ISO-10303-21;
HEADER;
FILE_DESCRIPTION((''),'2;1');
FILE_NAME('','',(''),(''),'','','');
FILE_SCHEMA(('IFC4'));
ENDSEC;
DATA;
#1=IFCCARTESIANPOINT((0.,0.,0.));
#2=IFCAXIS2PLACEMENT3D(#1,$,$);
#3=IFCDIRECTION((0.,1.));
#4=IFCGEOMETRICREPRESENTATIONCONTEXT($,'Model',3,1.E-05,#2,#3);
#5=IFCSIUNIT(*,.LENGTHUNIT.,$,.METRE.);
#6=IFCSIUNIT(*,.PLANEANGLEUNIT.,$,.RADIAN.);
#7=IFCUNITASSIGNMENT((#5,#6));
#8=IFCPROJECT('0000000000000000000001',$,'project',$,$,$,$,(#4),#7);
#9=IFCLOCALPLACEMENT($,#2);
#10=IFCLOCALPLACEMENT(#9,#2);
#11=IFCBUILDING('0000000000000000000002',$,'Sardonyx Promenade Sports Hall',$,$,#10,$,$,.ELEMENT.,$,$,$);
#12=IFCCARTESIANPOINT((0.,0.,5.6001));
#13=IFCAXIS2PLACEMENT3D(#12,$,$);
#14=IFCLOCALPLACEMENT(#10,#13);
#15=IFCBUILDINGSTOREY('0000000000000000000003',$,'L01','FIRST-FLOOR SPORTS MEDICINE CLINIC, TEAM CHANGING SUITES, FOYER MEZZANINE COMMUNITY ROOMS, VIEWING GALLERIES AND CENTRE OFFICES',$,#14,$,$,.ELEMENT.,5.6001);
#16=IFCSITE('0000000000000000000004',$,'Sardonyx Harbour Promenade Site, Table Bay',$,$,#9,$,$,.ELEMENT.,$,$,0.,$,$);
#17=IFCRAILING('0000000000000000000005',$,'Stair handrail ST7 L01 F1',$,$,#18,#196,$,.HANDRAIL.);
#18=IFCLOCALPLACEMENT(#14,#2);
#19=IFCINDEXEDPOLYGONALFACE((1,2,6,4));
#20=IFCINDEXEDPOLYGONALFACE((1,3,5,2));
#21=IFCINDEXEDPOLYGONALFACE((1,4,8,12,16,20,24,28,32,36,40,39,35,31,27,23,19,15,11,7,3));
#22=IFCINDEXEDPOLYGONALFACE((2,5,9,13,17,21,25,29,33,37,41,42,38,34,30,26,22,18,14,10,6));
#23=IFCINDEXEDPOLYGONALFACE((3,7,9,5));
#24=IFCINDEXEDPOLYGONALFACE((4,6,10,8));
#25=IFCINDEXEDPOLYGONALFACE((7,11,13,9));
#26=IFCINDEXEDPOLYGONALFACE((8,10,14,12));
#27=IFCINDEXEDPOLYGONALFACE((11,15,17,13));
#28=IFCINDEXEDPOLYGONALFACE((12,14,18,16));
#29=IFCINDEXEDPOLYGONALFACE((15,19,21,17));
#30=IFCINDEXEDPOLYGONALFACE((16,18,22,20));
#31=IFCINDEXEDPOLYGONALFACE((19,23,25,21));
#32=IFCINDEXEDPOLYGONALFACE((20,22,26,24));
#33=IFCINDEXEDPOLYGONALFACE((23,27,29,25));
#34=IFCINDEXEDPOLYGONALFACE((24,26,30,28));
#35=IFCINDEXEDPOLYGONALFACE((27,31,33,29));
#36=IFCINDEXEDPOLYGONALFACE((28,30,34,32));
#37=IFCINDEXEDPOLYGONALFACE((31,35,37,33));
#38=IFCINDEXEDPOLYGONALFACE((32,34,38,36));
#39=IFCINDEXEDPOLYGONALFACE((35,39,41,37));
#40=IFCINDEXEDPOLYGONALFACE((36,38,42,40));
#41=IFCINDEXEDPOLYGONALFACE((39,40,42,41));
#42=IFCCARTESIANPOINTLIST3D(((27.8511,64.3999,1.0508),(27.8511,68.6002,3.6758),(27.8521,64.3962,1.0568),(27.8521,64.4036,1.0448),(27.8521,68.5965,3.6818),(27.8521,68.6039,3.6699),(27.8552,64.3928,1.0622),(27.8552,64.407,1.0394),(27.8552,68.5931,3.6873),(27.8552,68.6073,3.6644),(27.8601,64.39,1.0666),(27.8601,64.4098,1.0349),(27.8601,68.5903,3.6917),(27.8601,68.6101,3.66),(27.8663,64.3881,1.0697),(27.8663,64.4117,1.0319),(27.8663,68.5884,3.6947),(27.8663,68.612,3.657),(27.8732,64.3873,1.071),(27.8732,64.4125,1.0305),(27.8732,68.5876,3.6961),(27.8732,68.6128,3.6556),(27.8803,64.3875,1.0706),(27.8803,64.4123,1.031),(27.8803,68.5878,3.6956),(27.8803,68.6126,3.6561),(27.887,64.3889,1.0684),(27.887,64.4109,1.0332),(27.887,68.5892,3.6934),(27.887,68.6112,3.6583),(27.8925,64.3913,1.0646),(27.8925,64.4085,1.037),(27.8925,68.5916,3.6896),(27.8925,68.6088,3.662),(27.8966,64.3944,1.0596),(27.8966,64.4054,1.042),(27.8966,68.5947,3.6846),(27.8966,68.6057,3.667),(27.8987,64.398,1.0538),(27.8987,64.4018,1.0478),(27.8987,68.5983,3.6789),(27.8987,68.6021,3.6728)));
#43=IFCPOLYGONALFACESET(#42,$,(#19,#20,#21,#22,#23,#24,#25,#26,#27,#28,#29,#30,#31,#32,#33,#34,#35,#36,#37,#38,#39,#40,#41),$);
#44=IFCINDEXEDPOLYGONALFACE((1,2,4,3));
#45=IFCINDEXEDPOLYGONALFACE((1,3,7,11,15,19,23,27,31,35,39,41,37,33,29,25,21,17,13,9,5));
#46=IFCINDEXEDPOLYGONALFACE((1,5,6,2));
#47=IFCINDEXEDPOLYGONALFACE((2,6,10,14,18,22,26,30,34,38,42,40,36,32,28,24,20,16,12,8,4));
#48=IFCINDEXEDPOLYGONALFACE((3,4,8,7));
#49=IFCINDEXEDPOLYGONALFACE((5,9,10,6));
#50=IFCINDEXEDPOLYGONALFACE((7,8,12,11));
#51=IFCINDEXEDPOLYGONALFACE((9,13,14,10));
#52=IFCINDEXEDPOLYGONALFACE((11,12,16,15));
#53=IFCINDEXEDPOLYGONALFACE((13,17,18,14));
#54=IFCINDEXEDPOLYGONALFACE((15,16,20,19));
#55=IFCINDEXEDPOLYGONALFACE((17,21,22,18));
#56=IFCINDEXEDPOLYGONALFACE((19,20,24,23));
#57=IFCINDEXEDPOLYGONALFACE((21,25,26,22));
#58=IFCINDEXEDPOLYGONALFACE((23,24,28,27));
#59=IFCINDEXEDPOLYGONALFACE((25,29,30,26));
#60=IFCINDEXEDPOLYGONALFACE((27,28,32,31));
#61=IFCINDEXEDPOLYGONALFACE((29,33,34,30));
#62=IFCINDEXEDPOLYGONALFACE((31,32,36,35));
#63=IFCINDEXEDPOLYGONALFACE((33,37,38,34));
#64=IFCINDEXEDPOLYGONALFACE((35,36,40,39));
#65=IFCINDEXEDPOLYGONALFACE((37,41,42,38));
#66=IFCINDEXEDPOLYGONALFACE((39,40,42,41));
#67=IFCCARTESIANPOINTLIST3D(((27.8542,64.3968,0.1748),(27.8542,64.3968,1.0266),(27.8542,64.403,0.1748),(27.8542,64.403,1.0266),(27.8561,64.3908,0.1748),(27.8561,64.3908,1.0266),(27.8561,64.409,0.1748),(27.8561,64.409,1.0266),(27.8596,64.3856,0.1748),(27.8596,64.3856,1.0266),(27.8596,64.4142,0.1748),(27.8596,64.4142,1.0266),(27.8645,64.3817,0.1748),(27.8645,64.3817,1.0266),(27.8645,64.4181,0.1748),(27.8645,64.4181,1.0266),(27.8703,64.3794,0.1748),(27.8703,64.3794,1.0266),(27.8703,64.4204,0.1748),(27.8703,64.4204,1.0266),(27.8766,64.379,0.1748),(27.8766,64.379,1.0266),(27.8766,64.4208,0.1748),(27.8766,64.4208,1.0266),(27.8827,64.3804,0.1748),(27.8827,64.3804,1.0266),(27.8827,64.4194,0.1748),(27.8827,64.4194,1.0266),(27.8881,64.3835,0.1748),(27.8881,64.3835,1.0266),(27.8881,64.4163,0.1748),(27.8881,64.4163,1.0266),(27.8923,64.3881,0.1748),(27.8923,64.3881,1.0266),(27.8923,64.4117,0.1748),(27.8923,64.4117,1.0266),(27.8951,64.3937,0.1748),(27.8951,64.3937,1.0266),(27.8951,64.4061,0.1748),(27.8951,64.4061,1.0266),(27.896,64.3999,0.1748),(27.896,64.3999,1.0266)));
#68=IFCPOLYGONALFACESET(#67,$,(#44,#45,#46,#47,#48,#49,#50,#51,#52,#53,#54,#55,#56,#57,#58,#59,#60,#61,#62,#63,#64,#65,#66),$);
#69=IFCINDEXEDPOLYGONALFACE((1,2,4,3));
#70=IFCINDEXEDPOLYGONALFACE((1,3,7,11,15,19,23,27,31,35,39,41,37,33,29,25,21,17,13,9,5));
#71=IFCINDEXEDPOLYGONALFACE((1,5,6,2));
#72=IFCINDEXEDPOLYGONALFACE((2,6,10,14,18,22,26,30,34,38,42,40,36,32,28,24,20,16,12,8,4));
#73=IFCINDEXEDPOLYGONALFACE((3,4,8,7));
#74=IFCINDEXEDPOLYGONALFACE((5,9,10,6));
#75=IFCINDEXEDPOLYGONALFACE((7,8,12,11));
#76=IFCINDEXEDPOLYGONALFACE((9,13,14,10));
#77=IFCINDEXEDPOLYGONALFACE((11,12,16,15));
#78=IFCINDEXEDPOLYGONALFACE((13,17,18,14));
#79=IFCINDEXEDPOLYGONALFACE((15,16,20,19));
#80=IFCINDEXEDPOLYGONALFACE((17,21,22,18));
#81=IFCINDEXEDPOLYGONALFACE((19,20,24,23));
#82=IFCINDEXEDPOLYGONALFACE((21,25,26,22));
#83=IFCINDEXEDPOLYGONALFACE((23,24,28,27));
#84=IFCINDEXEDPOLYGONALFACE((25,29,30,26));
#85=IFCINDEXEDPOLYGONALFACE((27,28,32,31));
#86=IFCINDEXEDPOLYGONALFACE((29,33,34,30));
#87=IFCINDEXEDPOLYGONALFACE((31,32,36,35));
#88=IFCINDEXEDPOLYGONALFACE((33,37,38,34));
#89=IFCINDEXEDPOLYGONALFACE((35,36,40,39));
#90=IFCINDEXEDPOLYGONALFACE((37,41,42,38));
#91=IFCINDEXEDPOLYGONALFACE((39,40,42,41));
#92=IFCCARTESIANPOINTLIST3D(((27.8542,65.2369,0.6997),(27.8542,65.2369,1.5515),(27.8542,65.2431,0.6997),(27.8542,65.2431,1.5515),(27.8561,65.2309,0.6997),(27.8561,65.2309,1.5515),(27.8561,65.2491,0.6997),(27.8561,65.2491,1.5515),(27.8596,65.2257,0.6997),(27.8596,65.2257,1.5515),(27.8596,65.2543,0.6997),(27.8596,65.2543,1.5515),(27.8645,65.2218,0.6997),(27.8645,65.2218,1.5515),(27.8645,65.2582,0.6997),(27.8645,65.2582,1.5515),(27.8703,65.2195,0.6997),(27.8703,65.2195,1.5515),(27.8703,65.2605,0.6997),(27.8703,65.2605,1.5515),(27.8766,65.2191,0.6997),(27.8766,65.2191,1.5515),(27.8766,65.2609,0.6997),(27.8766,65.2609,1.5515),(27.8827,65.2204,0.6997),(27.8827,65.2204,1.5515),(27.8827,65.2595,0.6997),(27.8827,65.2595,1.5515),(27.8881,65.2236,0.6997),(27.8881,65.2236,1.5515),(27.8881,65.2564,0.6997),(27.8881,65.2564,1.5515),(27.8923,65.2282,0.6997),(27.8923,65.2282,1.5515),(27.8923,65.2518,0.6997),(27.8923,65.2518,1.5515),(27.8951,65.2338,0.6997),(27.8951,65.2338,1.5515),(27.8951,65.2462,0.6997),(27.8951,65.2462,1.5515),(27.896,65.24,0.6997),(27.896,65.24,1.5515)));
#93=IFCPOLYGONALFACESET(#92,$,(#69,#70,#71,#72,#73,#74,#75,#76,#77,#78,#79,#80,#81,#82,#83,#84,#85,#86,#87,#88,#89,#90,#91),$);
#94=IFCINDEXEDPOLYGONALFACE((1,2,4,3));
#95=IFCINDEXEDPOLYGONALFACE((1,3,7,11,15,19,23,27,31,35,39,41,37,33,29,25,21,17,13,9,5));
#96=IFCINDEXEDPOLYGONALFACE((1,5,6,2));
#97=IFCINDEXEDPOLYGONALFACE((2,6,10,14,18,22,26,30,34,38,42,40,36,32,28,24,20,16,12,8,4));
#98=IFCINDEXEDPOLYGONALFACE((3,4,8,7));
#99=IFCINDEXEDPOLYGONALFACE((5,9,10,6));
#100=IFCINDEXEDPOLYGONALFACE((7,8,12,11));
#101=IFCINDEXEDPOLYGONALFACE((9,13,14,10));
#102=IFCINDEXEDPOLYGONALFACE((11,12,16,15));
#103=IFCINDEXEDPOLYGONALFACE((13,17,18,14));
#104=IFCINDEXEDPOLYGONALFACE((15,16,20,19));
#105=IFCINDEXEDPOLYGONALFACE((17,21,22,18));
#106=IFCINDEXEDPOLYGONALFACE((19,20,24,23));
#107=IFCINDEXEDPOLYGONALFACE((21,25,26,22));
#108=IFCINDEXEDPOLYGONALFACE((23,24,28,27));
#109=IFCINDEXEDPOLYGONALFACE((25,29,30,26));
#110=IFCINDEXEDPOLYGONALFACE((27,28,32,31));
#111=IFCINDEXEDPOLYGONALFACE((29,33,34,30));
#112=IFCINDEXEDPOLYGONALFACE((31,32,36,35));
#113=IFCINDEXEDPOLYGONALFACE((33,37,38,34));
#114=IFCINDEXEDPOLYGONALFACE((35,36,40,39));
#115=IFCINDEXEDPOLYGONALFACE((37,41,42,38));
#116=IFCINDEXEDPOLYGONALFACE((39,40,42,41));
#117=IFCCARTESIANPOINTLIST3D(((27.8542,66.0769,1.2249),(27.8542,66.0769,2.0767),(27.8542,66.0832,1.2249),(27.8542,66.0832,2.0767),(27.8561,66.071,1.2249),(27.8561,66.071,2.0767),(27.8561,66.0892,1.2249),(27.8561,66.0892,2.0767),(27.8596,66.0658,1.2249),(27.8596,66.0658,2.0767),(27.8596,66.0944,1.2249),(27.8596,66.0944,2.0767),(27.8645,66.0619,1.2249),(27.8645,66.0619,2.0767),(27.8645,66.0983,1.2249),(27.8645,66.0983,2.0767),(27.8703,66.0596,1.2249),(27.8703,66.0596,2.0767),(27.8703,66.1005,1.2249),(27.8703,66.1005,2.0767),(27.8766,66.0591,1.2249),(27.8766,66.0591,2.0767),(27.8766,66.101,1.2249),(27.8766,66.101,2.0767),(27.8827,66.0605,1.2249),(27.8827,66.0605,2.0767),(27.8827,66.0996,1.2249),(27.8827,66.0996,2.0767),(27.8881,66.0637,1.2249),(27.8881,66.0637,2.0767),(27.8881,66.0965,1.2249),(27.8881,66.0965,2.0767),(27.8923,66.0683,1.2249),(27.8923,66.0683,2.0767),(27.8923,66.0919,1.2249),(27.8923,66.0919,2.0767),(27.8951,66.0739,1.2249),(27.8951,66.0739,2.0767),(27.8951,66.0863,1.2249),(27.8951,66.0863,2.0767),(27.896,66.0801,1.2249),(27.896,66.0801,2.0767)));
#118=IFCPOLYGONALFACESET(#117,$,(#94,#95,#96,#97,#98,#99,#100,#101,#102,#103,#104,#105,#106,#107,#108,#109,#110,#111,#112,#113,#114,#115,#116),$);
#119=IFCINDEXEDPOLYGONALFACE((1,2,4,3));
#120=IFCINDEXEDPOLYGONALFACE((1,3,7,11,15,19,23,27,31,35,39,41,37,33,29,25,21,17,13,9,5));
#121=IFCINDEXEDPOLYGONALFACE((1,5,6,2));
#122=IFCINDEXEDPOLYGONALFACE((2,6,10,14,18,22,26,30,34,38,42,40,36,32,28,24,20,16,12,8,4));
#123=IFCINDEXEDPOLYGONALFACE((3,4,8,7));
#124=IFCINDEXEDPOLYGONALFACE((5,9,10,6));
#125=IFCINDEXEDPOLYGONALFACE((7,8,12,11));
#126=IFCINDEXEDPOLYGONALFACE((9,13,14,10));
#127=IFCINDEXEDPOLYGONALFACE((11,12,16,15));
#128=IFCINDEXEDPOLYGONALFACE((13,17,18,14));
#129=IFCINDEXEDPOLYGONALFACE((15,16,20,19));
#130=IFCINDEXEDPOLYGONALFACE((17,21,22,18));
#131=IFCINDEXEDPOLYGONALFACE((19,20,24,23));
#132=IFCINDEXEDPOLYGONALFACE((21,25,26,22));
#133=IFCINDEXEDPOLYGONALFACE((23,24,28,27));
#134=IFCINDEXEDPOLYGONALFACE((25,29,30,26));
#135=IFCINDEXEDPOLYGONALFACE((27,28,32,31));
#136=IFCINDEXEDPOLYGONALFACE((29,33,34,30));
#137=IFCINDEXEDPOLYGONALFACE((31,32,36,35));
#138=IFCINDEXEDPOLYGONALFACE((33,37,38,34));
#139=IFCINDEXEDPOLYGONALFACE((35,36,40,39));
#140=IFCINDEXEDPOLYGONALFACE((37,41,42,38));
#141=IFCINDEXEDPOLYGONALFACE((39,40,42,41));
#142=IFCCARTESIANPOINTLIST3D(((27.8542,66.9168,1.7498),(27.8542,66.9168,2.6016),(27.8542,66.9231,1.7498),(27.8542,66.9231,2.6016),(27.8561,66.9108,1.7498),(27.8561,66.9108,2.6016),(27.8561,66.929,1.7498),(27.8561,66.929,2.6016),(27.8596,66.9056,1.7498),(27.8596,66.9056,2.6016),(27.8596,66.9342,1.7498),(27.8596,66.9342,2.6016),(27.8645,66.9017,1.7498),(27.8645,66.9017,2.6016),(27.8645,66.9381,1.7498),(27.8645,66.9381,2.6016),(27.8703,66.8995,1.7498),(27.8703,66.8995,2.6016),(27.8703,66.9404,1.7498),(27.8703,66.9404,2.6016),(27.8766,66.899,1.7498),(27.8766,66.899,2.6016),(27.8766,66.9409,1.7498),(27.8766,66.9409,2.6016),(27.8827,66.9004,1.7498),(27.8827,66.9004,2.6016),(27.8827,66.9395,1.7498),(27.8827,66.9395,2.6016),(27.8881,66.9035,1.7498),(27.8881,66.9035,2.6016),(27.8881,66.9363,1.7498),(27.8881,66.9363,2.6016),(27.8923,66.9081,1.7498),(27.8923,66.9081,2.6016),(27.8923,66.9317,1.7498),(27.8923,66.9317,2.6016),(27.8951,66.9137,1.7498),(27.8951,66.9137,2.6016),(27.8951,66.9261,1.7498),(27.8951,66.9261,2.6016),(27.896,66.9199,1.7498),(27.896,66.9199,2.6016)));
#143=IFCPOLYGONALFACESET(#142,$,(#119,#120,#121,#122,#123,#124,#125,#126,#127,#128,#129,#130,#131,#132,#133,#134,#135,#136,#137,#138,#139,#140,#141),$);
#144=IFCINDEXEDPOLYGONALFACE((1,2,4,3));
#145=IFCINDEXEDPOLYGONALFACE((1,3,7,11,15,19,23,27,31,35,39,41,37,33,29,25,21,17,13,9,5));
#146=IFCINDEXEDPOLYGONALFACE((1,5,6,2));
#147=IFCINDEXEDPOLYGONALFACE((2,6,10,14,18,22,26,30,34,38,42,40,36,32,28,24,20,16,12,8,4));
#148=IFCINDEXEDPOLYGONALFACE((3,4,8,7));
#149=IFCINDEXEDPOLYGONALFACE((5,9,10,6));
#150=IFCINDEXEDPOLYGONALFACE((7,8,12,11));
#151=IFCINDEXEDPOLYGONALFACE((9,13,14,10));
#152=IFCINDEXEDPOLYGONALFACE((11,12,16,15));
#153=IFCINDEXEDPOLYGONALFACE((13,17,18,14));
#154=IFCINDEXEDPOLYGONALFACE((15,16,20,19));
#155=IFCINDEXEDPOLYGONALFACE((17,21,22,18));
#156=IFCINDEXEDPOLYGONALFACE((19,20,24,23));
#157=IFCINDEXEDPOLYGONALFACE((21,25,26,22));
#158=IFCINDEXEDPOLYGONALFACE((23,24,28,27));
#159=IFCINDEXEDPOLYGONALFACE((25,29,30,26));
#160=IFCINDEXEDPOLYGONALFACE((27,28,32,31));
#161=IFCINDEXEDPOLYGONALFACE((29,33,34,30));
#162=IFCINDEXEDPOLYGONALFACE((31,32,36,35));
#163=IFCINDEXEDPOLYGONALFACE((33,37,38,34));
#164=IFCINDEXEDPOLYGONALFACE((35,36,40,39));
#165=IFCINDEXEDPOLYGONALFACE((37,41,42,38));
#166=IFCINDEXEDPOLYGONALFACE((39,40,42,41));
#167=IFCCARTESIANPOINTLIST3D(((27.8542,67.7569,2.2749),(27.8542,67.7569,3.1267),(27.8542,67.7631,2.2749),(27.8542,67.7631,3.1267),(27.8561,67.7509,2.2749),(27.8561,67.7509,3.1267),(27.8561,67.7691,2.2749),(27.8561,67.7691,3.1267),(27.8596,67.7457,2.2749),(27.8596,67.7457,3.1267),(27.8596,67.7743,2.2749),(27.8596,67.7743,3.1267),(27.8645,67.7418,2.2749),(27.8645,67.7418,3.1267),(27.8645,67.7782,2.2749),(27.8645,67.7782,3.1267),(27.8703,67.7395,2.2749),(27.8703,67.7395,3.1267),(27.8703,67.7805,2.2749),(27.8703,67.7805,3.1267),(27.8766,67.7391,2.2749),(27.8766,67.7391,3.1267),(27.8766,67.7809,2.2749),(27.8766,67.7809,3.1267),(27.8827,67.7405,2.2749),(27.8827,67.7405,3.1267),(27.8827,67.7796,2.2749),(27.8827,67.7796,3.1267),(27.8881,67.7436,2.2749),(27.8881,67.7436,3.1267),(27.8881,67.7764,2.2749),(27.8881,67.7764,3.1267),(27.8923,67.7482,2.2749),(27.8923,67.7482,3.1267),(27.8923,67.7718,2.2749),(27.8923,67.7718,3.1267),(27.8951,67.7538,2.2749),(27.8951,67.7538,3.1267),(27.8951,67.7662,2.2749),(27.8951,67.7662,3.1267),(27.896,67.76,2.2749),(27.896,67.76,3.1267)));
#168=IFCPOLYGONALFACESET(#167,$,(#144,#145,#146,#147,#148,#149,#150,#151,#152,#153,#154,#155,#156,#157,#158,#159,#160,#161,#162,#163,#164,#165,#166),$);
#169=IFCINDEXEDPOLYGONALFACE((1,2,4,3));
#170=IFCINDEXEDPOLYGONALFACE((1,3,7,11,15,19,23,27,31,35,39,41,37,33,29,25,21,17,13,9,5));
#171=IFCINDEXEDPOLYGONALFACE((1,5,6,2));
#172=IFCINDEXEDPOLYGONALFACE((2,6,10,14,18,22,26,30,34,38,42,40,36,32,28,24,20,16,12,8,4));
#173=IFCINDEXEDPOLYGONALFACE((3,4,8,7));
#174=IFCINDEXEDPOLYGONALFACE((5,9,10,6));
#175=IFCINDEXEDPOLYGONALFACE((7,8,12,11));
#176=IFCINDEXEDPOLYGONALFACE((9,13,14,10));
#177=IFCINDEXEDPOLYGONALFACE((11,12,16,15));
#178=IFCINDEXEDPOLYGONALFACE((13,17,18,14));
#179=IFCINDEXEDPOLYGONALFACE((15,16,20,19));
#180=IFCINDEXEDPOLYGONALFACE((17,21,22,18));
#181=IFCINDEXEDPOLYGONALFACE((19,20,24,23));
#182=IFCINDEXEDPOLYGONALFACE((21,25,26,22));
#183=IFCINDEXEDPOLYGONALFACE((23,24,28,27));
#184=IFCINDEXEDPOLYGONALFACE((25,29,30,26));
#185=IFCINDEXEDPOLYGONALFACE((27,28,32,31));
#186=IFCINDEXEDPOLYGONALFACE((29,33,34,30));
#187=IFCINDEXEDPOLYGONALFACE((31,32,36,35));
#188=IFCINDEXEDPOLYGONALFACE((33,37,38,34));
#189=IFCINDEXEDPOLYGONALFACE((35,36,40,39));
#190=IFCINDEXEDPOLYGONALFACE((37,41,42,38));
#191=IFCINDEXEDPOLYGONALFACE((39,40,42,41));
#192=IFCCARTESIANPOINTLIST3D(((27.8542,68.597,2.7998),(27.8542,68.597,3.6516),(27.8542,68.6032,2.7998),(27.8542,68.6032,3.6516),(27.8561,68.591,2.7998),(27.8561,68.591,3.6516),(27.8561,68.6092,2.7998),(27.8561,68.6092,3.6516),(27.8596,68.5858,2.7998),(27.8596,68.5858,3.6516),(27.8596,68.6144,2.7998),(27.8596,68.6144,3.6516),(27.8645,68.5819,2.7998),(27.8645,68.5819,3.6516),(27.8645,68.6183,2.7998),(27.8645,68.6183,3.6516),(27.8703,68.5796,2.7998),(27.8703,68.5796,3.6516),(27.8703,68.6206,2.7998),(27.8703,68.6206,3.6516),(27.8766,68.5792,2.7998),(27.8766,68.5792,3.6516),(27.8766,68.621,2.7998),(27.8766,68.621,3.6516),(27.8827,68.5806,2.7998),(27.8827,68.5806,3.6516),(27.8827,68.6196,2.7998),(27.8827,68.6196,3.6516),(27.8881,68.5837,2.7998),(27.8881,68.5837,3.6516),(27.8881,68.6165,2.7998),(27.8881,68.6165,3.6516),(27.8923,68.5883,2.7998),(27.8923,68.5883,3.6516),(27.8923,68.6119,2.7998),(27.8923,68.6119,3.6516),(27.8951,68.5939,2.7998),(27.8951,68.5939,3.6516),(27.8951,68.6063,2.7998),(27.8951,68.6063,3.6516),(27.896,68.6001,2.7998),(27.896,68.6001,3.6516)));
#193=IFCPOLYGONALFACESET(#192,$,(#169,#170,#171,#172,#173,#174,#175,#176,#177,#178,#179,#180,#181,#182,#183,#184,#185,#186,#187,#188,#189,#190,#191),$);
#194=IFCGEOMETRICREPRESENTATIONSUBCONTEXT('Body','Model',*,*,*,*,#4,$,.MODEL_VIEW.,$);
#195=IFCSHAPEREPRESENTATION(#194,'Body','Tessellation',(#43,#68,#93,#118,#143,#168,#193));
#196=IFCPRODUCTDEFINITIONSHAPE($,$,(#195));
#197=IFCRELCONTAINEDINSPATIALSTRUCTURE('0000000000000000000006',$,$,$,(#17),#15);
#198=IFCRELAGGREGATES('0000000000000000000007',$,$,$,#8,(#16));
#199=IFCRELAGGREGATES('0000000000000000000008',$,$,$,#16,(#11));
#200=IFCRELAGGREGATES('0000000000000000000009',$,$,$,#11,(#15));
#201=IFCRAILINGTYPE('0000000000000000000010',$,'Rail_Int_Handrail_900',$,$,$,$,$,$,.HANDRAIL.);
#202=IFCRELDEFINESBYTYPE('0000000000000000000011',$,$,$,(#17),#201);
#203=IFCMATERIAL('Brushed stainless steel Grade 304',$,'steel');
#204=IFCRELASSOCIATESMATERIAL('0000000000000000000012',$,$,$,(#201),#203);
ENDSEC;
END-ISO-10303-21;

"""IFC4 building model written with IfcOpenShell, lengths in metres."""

from ifc_helpers import new_model, si_unit, direction, frame, origin, origin_2d, place, context, subcontext, project, spatial, circle, extrude, material, type_object, element, save


model = new_model("IFC4")

# Units and contexts
model_context = context("Model", 3, precision=1e-05, world=origin(), true_north=direction((0.0, 1.0)))
body_context = subcontext(model_context, "Body", "Model", "MODEL_VIEW")
ifc_project = project(units=[si_unit("LENGTHUNIT", "METRE"), si_unit("PLANEANGLEUNIT", "RADIAN")], contexts=[model_context])

# Site, building, storey
site_placement = place(None, origin())
site = spatial("IfcSite", under=ifc_project, at=site_placement, Name="Sardonyx Harbour Promenade Site, Table Bay", CompositionType="ELEMENT", RefElevation=0.0)
building_placement = place(site_placement, origin())
building = spatial("IfcBuilding", under=site, at=building_placement, Name="Sardonyx Promenade Sports Hall", CompositionType="ELEMENT")
storey_placement = place(building_placement, frame((0.0, 0.0, 5.6001)))
storey = spatial("IfcBuildingStorey", under=building, at=storey_placement, Name="L01", Description="FIRST-FLOOR SPORTS MEDICINE CLINIC, TEAM CHANGING SUITES, FOYER MEZZANINE COMMUNITY ROOMS, VIEWING GALLERIES AND CENTRE OFFICES", CompositionType="ELEMENT", Elevation=5.6001)

# Railing
ifc_material_1 = material(Name="Brushed stainless steel Grade 304", Category="steel")
railing_type_1 = type_object("IfcRailingType", Name="Rail_Int_Handrail_900", PredefinedType="HANDRAIL", material=ifc_material_1)
railing_1_placement = place(storey_placement, frame((27.875, 64.3999, 0.1748)))
element("IfcRailing", 1, at=railing_1_placement, inside=storey, type_object=railing_type_1, Name="Stair handrail ST7 L01 F1", PredefinedType="HANDRAIL", context=body_context, shape_type="SweptSolid", body=[
    extrude(circle(Radius=0.0239, at=origin_2d()), frame((0.0, 0.0, 0.876), z_axis=(0.0, 0.848009, 0.529981), x_axis=(-1.0, 0.0, 0.0)), (0.0, 0.0, 1.0), 4.9531),
    extrude(circle(Radius=0.021, at=origin_2d()), origin(), (0.0, 0.0, 1.0), 0.8518),
    extrude(circle(Radius=0.021, at=origin_2d()), frame((0.0, 0.8401, 0.5249)), (0.0, 0.0, 1.0), 0.8518),
    extrude(circle(Radius=0.021, at=origin_2d()), frame((0.0, 1.6802, 1.05)), (0.0, 0.0, 1.0), 0.8518),
    extrude(circle(Radius=0.021, at=origin_2d()), frame((0.0, 2.52, 1.575)), (0.0, 0.0, 1.0), 0.8518),
    extrude(circle(Radius=0.021, at=origin_2d()), frame((0.0, 3.3601, 2.1001)), (0.0, 0.0, 1.0), 0.8518),
    extrude(circle(Radius=0.021, at=origin_2d()), frame((0.0, 4.2002, 2.625)), (0.0, 0.0, 1.0), 0.8518),
])

save(model, "model.ifc")
